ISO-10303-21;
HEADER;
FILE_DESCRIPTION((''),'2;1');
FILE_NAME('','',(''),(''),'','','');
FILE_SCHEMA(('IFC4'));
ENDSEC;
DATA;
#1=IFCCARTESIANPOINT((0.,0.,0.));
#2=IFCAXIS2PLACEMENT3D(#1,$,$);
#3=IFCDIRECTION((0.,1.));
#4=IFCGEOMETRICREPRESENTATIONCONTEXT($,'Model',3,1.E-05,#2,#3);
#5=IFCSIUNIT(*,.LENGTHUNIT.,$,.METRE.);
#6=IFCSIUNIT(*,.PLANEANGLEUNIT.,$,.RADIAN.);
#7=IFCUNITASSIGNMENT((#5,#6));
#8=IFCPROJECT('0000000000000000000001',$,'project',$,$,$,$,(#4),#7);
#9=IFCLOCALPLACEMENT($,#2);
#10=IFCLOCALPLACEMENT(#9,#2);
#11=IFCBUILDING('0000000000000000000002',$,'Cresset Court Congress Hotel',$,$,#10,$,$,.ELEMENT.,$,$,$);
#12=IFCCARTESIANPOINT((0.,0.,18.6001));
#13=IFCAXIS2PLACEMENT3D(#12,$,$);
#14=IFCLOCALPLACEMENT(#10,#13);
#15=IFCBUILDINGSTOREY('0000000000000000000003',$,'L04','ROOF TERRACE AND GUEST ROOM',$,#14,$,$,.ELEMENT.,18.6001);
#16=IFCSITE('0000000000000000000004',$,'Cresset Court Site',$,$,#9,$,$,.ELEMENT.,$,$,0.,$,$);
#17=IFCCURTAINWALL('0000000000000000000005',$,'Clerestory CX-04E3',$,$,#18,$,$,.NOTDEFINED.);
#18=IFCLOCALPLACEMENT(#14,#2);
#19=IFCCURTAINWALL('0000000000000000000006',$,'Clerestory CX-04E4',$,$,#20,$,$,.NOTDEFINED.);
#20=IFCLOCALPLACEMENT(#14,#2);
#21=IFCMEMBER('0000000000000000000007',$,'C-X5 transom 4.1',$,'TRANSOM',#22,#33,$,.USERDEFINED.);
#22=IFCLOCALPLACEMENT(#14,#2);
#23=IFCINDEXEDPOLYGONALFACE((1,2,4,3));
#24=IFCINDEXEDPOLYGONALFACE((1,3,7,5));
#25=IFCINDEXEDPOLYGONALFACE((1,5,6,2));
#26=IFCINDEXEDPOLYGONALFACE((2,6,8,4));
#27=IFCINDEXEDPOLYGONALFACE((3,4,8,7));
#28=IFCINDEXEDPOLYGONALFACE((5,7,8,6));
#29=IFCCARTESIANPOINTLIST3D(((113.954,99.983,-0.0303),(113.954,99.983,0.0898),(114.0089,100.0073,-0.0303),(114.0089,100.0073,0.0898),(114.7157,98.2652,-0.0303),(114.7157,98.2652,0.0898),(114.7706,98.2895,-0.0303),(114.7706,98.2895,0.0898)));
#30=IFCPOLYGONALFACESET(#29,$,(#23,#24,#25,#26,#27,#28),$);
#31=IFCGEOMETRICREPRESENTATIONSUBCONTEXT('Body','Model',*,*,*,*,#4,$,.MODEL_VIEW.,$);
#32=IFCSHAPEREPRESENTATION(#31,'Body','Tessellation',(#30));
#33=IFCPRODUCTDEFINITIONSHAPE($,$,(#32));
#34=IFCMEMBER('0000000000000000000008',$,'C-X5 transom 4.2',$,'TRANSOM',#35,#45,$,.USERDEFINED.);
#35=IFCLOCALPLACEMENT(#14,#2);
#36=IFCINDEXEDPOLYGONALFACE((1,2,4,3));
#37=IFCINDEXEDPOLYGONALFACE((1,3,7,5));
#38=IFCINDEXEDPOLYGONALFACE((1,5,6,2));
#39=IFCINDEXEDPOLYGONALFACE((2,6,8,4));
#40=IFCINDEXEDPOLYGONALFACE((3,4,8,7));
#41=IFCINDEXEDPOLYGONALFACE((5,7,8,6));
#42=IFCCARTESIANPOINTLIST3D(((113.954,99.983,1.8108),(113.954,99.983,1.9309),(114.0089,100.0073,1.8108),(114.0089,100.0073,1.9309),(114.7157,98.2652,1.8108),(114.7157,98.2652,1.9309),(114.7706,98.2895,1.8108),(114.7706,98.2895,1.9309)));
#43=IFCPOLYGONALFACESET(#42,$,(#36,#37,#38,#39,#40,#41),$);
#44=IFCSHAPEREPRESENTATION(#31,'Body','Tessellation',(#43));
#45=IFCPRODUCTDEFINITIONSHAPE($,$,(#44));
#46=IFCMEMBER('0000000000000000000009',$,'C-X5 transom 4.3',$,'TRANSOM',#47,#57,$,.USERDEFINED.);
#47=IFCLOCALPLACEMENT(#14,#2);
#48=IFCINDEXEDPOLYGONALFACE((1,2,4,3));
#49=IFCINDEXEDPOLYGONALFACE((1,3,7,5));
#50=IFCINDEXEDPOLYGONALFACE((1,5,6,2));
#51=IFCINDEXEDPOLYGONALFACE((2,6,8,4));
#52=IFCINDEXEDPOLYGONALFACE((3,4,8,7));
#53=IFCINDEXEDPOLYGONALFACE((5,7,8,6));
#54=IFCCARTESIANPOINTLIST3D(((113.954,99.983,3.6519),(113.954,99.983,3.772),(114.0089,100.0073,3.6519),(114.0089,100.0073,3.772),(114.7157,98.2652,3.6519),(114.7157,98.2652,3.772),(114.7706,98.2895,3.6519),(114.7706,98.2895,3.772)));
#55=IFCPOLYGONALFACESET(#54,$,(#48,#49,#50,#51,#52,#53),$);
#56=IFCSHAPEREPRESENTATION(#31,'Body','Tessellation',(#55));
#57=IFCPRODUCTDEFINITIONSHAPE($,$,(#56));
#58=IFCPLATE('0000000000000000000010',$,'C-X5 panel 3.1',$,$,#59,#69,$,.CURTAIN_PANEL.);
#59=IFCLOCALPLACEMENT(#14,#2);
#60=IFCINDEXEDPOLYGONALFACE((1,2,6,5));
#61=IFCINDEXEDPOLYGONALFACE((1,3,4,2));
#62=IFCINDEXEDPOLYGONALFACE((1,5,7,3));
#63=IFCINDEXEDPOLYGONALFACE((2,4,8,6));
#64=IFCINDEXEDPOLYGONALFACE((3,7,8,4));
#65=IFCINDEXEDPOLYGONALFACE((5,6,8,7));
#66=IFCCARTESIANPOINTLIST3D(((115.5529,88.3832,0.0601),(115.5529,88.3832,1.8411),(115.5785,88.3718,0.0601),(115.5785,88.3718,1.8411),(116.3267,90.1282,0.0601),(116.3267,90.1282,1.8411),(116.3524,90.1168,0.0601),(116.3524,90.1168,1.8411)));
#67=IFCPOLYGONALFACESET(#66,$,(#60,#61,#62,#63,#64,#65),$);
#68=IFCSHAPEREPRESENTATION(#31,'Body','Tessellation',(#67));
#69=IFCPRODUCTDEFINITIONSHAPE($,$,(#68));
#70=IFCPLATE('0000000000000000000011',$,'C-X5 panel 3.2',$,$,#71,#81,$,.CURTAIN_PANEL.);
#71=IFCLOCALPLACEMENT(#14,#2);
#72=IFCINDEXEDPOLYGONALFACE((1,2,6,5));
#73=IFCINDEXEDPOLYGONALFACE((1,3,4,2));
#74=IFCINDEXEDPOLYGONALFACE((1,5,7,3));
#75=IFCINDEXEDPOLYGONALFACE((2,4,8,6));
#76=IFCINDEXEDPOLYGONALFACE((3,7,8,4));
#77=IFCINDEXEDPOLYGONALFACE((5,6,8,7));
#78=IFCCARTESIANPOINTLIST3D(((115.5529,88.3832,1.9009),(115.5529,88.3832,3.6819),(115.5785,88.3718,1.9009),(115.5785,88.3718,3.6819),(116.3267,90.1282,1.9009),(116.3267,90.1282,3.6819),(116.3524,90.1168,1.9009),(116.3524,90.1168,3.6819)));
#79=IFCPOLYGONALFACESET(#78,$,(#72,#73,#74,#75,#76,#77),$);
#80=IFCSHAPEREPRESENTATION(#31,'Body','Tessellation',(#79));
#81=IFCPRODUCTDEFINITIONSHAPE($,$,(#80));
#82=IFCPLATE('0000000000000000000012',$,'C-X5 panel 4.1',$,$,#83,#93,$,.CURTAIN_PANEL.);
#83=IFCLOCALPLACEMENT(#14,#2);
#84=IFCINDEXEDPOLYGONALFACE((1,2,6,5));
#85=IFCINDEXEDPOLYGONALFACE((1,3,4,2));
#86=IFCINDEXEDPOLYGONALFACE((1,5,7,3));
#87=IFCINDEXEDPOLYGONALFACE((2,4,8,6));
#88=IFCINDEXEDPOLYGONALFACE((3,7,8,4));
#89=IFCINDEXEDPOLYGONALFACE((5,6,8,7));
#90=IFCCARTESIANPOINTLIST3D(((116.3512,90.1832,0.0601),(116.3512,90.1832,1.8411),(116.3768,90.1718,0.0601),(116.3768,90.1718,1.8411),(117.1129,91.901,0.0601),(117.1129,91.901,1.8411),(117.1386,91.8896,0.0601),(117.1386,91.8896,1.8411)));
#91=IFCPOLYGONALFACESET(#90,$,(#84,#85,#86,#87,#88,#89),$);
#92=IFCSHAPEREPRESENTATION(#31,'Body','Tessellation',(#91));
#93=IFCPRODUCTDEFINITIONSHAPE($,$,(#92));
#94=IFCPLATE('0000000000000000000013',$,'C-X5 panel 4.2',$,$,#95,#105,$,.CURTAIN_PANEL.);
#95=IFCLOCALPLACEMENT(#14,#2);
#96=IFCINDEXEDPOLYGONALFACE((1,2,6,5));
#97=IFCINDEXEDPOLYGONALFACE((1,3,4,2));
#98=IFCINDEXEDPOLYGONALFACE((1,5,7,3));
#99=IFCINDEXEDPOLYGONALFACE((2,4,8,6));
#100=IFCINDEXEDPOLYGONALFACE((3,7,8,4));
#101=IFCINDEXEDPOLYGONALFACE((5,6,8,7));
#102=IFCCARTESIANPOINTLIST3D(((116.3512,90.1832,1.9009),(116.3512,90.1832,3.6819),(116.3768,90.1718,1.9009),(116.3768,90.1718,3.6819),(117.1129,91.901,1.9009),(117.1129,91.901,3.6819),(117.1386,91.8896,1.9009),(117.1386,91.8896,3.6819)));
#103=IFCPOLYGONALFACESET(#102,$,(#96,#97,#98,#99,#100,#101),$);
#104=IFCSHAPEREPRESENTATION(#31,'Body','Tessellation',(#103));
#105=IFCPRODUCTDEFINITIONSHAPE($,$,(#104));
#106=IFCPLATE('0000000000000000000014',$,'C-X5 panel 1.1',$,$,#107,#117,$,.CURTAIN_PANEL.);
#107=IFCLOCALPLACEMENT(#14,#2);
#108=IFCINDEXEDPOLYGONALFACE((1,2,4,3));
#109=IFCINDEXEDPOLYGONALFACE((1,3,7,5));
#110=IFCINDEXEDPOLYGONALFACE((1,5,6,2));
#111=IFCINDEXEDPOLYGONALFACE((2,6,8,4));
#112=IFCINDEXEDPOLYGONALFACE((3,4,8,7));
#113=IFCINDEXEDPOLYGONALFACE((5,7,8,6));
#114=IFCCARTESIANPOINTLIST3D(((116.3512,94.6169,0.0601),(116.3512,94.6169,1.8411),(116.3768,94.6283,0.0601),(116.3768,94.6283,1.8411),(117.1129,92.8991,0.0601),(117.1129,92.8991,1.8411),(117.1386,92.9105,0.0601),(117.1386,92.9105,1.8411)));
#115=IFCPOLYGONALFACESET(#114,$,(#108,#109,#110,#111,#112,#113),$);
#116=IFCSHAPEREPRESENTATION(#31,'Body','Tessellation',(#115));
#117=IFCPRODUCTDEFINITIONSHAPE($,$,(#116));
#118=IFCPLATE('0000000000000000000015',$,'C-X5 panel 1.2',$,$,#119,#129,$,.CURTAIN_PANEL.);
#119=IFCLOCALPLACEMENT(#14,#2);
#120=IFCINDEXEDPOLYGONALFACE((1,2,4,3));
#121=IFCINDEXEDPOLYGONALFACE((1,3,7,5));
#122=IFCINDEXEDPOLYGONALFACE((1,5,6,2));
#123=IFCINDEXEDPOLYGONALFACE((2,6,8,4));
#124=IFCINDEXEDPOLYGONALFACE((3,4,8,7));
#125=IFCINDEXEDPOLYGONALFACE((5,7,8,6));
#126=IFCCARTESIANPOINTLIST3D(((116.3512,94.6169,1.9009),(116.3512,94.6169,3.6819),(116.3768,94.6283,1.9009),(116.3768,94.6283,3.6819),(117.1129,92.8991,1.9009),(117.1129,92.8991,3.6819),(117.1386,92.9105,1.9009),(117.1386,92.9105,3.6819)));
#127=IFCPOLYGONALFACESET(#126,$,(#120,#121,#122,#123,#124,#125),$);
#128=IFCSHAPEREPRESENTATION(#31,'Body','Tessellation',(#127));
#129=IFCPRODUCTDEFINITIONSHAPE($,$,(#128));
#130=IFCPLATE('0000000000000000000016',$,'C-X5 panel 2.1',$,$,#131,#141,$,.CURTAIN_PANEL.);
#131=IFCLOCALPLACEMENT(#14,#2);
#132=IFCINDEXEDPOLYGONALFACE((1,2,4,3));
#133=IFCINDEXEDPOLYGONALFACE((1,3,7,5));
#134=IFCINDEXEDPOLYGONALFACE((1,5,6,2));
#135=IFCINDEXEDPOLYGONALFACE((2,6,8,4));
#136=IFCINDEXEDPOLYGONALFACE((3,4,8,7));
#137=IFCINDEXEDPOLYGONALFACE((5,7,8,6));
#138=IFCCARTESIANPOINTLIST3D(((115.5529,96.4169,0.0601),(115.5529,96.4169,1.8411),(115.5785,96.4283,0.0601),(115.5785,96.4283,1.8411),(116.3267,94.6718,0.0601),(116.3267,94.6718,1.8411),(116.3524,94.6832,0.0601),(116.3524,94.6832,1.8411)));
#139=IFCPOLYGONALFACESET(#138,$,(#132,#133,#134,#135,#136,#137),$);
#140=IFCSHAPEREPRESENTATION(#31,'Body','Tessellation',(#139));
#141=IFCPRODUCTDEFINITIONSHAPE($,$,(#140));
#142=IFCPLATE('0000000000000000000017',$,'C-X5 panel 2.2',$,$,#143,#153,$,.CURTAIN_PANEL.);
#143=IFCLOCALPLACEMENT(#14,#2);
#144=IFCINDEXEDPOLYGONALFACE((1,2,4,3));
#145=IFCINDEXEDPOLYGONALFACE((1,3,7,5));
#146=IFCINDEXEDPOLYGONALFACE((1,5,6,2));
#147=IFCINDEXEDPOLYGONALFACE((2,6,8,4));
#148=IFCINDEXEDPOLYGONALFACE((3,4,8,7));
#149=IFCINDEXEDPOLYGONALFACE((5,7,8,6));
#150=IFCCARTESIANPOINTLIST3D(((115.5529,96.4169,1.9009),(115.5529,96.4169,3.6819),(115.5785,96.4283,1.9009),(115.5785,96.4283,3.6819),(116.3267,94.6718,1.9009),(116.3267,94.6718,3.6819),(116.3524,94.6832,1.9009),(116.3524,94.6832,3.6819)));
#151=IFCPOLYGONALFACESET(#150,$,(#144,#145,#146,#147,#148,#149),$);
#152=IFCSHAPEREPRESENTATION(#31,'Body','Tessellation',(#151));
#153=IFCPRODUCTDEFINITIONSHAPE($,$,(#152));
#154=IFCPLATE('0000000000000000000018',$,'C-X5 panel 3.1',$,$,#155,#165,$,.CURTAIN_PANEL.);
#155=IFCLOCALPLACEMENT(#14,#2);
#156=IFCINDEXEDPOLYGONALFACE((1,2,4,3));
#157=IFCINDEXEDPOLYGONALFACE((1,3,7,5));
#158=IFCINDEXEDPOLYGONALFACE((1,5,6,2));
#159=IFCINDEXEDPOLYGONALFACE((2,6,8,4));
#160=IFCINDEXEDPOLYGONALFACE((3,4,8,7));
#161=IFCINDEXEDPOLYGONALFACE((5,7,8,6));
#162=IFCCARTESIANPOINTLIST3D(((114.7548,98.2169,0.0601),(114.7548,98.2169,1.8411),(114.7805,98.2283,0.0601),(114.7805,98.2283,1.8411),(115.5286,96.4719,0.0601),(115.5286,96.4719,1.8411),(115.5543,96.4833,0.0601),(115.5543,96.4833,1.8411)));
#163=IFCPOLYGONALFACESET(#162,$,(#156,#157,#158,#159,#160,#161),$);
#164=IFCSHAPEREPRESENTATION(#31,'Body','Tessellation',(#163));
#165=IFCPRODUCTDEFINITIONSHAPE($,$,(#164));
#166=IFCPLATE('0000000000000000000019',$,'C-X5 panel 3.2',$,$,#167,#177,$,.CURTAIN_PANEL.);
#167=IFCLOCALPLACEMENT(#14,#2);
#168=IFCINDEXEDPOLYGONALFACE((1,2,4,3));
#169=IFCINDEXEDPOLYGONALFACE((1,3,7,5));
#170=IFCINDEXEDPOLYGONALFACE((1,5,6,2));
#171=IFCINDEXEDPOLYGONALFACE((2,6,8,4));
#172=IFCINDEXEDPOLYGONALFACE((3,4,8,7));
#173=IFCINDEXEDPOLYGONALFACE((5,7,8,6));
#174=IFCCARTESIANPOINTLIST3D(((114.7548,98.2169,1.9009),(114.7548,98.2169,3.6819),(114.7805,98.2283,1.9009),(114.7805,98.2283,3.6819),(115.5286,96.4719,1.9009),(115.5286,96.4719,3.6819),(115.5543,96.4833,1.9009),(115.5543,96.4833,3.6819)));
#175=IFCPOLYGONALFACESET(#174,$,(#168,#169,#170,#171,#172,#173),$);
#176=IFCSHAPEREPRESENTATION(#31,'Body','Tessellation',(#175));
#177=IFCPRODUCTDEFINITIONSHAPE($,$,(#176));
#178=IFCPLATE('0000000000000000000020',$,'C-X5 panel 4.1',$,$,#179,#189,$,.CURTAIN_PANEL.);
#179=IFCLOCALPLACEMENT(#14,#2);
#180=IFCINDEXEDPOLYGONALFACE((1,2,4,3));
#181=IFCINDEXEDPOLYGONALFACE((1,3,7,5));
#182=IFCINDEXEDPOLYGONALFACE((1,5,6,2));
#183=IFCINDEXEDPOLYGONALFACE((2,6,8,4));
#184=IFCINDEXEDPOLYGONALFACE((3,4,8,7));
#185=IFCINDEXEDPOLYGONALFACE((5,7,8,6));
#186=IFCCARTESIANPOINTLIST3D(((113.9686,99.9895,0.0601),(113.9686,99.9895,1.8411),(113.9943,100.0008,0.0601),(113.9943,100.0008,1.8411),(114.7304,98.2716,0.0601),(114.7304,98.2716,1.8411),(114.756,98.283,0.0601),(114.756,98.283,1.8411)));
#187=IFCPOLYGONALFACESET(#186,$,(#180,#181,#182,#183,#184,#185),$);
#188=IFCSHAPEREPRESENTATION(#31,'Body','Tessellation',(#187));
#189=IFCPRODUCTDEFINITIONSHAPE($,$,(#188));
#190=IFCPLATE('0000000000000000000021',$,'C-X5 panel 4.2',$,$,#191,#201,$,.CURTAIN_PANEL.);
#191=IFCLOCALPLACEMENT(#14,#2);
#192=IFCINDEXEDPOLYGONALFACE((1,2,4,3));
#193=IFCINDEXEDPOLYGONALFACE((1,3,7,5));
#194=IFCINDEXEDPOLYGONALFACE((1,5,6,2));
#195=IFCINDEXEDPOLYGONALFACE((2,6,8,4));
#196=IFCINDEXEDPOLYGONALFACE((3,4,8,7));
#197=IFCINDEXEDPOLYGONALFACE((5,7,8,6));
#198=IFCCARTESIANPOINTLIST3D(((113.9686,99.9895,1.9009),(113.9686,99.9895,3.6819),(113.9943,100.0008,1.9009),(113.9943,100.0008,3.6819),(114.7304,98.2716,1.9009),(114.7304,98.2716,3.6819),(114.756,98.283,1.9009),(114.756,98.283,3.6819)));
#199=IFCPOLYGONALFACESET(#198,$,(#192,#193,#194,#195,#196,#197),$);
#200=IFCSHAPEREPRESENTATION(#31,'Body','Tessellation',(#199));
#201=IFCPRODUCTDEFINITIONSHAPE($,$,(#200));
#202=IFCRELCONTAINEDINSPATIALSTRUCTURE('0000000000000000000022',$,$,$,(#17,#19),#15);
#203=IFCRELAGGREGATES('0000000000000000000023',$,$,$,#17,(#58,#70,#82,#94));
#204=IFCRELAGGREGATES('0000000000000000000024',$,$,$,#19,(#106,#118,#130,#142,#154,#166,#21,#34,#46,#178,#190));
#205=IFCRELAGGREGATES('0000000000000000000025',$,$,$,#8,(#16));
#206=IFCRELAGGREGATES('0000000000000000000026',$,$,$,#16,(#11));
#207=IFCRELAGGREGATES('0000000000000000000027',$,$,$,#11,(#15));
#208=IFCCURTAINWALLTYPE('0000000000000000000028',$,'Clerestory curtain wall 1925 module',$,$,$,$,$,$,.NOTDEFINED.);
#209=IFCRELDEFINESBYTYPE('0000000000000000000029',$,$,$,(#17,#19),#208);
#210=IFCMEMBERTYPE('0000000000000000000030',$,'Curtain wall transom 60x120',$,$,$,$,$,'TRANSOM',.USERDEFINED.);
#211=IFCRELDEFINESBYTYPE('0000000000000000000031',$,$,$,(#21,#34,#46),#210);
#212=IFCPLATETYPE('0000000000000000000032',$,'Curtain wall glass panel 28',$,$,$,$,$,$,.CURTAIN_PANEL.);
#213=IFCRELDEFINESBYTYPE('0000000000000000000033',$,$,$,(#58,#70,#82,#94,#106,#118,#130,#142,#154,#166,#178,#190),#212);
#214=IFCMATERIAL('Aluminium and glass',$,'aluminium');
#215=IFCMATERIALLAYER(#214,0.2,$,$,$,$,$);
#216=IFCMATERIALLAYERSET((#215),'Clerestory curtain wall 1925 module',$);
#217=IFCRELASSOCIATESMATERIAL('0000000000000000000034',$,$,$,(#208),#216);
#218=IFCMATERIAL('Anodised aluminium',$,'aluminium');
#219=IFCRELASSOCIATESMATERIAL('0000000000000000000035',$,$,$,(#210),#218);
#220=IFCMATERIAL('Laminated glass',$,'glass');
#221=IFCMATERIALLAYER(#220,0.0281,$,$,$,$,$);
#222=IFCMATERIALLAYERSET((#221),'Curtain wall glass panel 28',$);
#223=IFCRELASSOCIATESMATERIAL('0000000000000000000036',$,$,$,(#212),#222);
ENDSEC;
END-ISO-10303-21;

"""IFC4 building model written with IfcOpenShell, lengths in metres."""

from ifc_helpers import new_model, si_unit, direction, frame, origin, origin_2d, place, context, subcontext, project, spatial, rectangle, extrude, material, layer, layer_set, material_profile, profile_set, type_object, element, aggregate, save


model = new_model("IFC4")

# Units and contexts
model_context = context("Model", 3, precision=1e-05, world=origin(), true_north=direction((0.0, 1.0)))
body_context = subcontext(model_context, "Body", "Model", "MODEL_VIEW")
ifc_project = project(units=[si_unit("LENGTHUNIT", "METRE"), si_unit("PLANEANGLEUNIT", "RADIAN")], contexts=[model_context])

# Site, building, storey
site_placement = place(None, origin())
site = spatial("IfcSite", under=ifc_project, at=site_placement, Name="Cresset Court Site", CompositionType="ELEMENT", RefElevation=0.0)
building_placement = place(site_placement, origin())
building = spatial("IfcBuilding", under=site, at=building_placement, Name="Cresset Court Congress Hotel", CompositionType="ELEMENT")
storey_placement = place(building_placement, frame((0.0, 0.0, 18.6001)))
storey = spatial("IfcBuildingStorey", under=building, at=storey_placement, Name="L04", Description="ROOF TERRACE AND GUEST ROOM", CompositionType="ELEMENT", Elevation=18.6001)

# Curtain wall
ifc_material_1 = material(Name="Aluminium and glass", Category="aluminium")
ifc_layer_1 = layer(ifc_material_1, 0.2)
ifc_layer_set_1 = layer_set([ifc_layer_1], Name="Clerestory curtain wall 1925 module")
curtain_wall_type = type_object("IfcCurtainWallType", Name="Clerestory curtain wall 1925 module", PredefinedType="NOTDEFINED", material=ifc_layer_set_1)
curtain_wall_1_placement = place(storey_placement, origin())
curtain_wall_1 = element("IfcCurtainWall", 1, at=curtain_wall_1_placement, inside=storey, type_object=curtain_wall_type, Name="Clerestory CX-04E3", PredefinedType="NOTDEFINED")

# Curtain wall
curtain_wall_2_placement = place(storey_placement, origin())
curtain_wall_2 = element("IfcCurtainWall", 2, at=curtain_wall_2_placement, inside=storey, type_object=curtain_wall_type, Name="Clerestory CX-04E4", PredefinedType="NOTDEFINED")

# Members
ifc_material_2 = material(Name="Anodised aluminium", Category="aluminium")
ifc_material_profile_1 = material_profile(ifc_material_2, rectangle(XDim=0.0601, YDim=0.1201, at=origin_2d()), Name="AL60x120")
ifc_profile_set_1 = profile_set([ifc_material_profile_1], Name="Anodised aluminium")
member_type_1 = type_object("IfcMemberType", Name="Curtain wall transom 60x120", ElementType="TRANSOM", PredefinedType="USERDEFINED", material=ifc_profile_set_1)
member_1_placement = place(storey_placement, frame((114.7432, 98.2773, 0.0298), z_axis=(-0.405367, 0.914154, 0.0), x_axis=(-0.914154, -0.405367, 0.0)))
member_1 = element("IfcMember", 3, at=member_1_placement, type_object=member_type_1, Name="C-X5 transom 4.1", ObjectType="TRANSOM", PredefinedType="USERDEFINED", context=body_context, shape_type="SweptSolid", body=[
    extrude(rectangle(XDim=0.0601, YDim=0.1201, at=origin_2d()), origin(), (0.0, 0.0, 1.0), 1.8792),
])
member_2_placement = place(storey_placement, frame((114.7432, 98.2773, 1.8708), z_axis=(-0.405367, 0.914154, 0.0), x_axis=(-0.914154, -0.405367, 0.0)))
member_2 = element("IfcMember", 4, at=member_2_placement, type_object=member_type_1, Name="C-X5 transom 4.2", ObjectType="TRANSOM", PredefinedType="USERDEFINED", context=body_context, shape_type="SweptSolid", body=[
    extrude(rectangle(XDim=0.0601, YDim=0.1201, at=origin_2d()), origin(), (0.0, 0.0, 1.0), 1.8792),
])
member_3_placement = place(storey_placement, frame((114.7432, 98.2773, 3.7119), z_axis=(-0.405367, 0.914154, 0.0), x_axis=(-0.914154, -0.405367, 0.0)))
member_3 = element("IfcMember", 5, at=member_3_placement, type_object=member_type_1, Name="C-X5 transom 4.3", ObjectType="TRANSOM", PredefinedType="USERDEFINED", context=body_context, shape_type="SweptSolid", body=[
    extrude(rectangle(XDim=0.0601, YDim=0.1201, at=origin_2d()), origin(), (0.0, 0.0, 1.0), 1.8792),
])

# Plates
ifc_material_3 = material(Name="Laminated glass", Category="glass")
ifc_layer_2 = layer(ifc_material_3, 0.0281)
ifc_layer_set_2 = layer_set([ifc_layer_2], Name="Curtain wall glass panel 28")
plate_type = type_object("IfcPlateType", Name="Curtain wall glass panel 28", PredefinedType="CURTAIN_PANEL", material=ifc_layer_set_2)
plate_1_placement = place(storey_placement, frame((115.9526, 89.25, 0.0601), z_axis=(0.0, 0.0, 1.0), x_axis=(0.405381, 0.914148, 0.0)))
plate_1 = element("IfcPlate", 6, at=plate_1_placement, type_object=plate_type, Name="C-X5 panel 3.1", PredefinedType="CURTAIN_PANEL", context=body_context, shape_type="SweptSolid", body=[
    extrude(rectangle(XDim=1.9089, YDim=0.0281, at=origin_2d()), origin(), (0.0, 0.0, 1.0), 1.781),
])
plate_2_placement = place(storey_placement, frame((115.9526, 89.25, 1.9009), z_axis=(0.0, 0.0, 1.0), x_axis=(0.405381, 0.914148, 0.0)))
plate_2 = element("IfcPlate", 7, at=plate_2_placement, type_object=plate_type, Name="C-X5 panel 3.2", PredefinedType="CURTAIN_PANEL", context=body_context, shape_type="SweptSolid", body=[
    extrude(rectangle(XDim=1.9089, YDim=0.0281, at=origin_2d()), origin(), (0.0, 0.0, 1.0), 1.781),
])
plate_3_placement = place(storey_placement, frame((116.7449, 91.0364, 0.0601), z_axis=(0.0, 0.0, 1.0), x_axis=(0.405381, 0.914148, 0.0)))
plate_3 = element("IfcPlate", 8, at=plate_3_placement, type_object=plate_type, Name="C-X5 panel 4.1", PredefinedType="CURTAIN_PANEL", context=body_context, shape_type="SweptSolid", body=[
    extrude(rectangle(XDim=1.8792, YDim=0.0281, at=origin_2d()), origin(), (0.0, 0.0, 1.0), 1.781),
])
plate_4_placement = place(storey_placement, frame((116.7449, 91.0364, 1.9009), z_axis=(0.0, 0.0, 1.0), x_axis=(0.405381, 0.914148, 0.0)))
plate_4 = element("IfcPlate", 9, at=plate_4_placement, type_object=plate_type, Name="C-X5 panel 4.2", PredefinedType="CURTAIN_PANEL", context=body_context, shape_type="SweptSolid", body=[
    extrude(rectangle(XDim=1.8792, YDim=0.0281, at=origin_2d()), origin(), (0.0, 0.0, 1.0), 1.781),
])
aggregate(curtain_wall_1, [plate_1, plate_2, plate_3, plate_4])
plate_5_placement = place(storey_placement, frame((116.7449, 93.7637, 0.0601), z_axis=(0.0, 0.0, 1.0), x_axis=(-0.405381, 0.914148, 0.0)))
plate_5 = element("IfcPlate", 10, at=plate_5_placement, type_object=plate_type, Name="C-X5 panel 1.1", PredefinedType="CURTAIN_PANEL", context=body_context, shape_type="SweptSolid", body=[
    extrude(rectangle(XDim=1.8792, YDim=0.0281, at=origin_2d()), origin(), (0.0, 0.0, 1.0), 1.781),
])
plate_6_placement = place(storey_placement, frame((116.7449, 93.7637, 1.9009), z_axis=(0.0, 0.0, 1.0), x_axis=(-0.405381, 0.914148, 0.0)))
plate_6 = element("IfcPlate", 11, at=plate_6_placement, type_object=plate_type, Name="C-X5 panel 1.2", PredefinedType="CURTAIN_PANEL", context=body_context, shape_type="SweptSolid", body=[
    extrude(rectangle(XDim=1.8792, YDim=0.0281, at=origin_2d()), origin(), (0.0, 0.0, 1.0), 1.781),
])
plate_7_placement = place(storey_placement, frame((115.9526, 95.55, 0.0601), z_axis=(0.0, 0.0, 1.0), x_axis=(-0.405381, 0.914148, 0.0)))
plate_7 = element("IfcPlate", 12, at=plate_7_placement, type_object=plate_type, Name="C-X5 panel 2.1", PredefinedType="CURTAIN_PANEL", context=body_context, shape_type="SweptSolid", body=[
    extrude(rectangle(XDim=1.9089, YDim=0.0281, at=origin_2d()), origin(), (0.0, 0.0, 1.0), 1.781),
])
plate_8_placement = place(storey_placement, frame((115.9526, 95.55, 1.9009), z_axis=(0.0, 0.0, 1.0), x_axis=(-0.405381, 0.914148, 0.0)))
plate_8 = element("IfcPlate", 13, at=plate_8_placement, type_object=plate_type, Name="C-X5 panel 2.2", PredefinedType="CURTAIN_PANEL", context=body_context, shape_type="SweptSolid", body=[
    extrude(rectangle(XDim=1.9089, YDim=0.0281, at=origin_2d()), origin(), (0.0, 0.0, 1.0), 1.781),
])
plate_9_placement = place(storey_placement, frame((115.1545, 97.3501, 0.0601), z_axis=(0.0, 0.0, 1.0), x_axis=(-0.405381, 0.914148, 0.0)))
plate_9 = element("IfcPlate", 14, at=plate_9_placement, type_object=plate_type, Name="C-X5 panel 3.1", PredefinedType="CURTAIN_PANEL", context=body_context, shape_type="SweptSolid", body=[
    extrude(rectangle(XDim=1.9089, YDim=0.0281, at=origin_2d()), origin(), (0.0, 0.0, 1.0), 1.781),
])
plate_10_placement = place(storey_placement, frame((115.1545, 97.3501, 1.9009), z_axis=(0.0, 0.0, 1.0), x_axis=(-0.405381, 0.914148, 0.0)))
plate_10 = element("IfcPlate", 15, at=plate_10_placement, type_object=plate_type, Name="C-X5 panel 3.2", PredefinedType="CURTAIN_PANEL", context=body_context, shape_type="SweptSolid", body=[
    extrude(rectangle(XDim=1.9089, YDim=0.0281, at=origin_2d()), origin(), (0.0, 0.0, 1.0), 1.781),
])
plate_11_placement = place(storey_placement, frame((114.3623, 99.1362, 0.0601), z_axis=(0.0, 0.0, 1.0), x_axis=(-0.405381, 0.914148, 0.0)))
plate_11 = element("IfcPlate", 16, at=plate_11_placement, type_object=plate_type, Name="C-X5 panel 4.1", PredefinedType="CURTAIN_PANEL", context=body_context, shape_type="SweptSolid", body=[
    extrude(rectangle(XDim=1.8792, YDim=0.0281, at=origin_2d()), origin(), (0.0, 0.0, 1.0), 1.781),
])
plate_12_placement = place(storey_placement, frame((114.3623, 99.1362, 1.9009), z_axis=(0.0, 0.0, 1.0), x_axis=(-0.405381, 0.914148, 0.0)))
plate_12 = element("IfcPlate", 17, at=plate_12_placement, type_object=plate_type, Name="C-X5 panel 4.2", PredefinedType="CURTAIN_PANEL", context=body_context, shape_type="SweptSolid", body=[
    extrude(rectangle(XDim=1.8792, YDim=0.0281, at=origin_2d()), origin(), (0.0, 0.0, 1.0), 1.781),
])
aggregate(curtain_wall_2, [plate_5, plate_6, plate_7, plate_8, plate_9, plate_10, member_1, member_2, member_3, plate_11, plate_12])

save(model, "model.ifc")
